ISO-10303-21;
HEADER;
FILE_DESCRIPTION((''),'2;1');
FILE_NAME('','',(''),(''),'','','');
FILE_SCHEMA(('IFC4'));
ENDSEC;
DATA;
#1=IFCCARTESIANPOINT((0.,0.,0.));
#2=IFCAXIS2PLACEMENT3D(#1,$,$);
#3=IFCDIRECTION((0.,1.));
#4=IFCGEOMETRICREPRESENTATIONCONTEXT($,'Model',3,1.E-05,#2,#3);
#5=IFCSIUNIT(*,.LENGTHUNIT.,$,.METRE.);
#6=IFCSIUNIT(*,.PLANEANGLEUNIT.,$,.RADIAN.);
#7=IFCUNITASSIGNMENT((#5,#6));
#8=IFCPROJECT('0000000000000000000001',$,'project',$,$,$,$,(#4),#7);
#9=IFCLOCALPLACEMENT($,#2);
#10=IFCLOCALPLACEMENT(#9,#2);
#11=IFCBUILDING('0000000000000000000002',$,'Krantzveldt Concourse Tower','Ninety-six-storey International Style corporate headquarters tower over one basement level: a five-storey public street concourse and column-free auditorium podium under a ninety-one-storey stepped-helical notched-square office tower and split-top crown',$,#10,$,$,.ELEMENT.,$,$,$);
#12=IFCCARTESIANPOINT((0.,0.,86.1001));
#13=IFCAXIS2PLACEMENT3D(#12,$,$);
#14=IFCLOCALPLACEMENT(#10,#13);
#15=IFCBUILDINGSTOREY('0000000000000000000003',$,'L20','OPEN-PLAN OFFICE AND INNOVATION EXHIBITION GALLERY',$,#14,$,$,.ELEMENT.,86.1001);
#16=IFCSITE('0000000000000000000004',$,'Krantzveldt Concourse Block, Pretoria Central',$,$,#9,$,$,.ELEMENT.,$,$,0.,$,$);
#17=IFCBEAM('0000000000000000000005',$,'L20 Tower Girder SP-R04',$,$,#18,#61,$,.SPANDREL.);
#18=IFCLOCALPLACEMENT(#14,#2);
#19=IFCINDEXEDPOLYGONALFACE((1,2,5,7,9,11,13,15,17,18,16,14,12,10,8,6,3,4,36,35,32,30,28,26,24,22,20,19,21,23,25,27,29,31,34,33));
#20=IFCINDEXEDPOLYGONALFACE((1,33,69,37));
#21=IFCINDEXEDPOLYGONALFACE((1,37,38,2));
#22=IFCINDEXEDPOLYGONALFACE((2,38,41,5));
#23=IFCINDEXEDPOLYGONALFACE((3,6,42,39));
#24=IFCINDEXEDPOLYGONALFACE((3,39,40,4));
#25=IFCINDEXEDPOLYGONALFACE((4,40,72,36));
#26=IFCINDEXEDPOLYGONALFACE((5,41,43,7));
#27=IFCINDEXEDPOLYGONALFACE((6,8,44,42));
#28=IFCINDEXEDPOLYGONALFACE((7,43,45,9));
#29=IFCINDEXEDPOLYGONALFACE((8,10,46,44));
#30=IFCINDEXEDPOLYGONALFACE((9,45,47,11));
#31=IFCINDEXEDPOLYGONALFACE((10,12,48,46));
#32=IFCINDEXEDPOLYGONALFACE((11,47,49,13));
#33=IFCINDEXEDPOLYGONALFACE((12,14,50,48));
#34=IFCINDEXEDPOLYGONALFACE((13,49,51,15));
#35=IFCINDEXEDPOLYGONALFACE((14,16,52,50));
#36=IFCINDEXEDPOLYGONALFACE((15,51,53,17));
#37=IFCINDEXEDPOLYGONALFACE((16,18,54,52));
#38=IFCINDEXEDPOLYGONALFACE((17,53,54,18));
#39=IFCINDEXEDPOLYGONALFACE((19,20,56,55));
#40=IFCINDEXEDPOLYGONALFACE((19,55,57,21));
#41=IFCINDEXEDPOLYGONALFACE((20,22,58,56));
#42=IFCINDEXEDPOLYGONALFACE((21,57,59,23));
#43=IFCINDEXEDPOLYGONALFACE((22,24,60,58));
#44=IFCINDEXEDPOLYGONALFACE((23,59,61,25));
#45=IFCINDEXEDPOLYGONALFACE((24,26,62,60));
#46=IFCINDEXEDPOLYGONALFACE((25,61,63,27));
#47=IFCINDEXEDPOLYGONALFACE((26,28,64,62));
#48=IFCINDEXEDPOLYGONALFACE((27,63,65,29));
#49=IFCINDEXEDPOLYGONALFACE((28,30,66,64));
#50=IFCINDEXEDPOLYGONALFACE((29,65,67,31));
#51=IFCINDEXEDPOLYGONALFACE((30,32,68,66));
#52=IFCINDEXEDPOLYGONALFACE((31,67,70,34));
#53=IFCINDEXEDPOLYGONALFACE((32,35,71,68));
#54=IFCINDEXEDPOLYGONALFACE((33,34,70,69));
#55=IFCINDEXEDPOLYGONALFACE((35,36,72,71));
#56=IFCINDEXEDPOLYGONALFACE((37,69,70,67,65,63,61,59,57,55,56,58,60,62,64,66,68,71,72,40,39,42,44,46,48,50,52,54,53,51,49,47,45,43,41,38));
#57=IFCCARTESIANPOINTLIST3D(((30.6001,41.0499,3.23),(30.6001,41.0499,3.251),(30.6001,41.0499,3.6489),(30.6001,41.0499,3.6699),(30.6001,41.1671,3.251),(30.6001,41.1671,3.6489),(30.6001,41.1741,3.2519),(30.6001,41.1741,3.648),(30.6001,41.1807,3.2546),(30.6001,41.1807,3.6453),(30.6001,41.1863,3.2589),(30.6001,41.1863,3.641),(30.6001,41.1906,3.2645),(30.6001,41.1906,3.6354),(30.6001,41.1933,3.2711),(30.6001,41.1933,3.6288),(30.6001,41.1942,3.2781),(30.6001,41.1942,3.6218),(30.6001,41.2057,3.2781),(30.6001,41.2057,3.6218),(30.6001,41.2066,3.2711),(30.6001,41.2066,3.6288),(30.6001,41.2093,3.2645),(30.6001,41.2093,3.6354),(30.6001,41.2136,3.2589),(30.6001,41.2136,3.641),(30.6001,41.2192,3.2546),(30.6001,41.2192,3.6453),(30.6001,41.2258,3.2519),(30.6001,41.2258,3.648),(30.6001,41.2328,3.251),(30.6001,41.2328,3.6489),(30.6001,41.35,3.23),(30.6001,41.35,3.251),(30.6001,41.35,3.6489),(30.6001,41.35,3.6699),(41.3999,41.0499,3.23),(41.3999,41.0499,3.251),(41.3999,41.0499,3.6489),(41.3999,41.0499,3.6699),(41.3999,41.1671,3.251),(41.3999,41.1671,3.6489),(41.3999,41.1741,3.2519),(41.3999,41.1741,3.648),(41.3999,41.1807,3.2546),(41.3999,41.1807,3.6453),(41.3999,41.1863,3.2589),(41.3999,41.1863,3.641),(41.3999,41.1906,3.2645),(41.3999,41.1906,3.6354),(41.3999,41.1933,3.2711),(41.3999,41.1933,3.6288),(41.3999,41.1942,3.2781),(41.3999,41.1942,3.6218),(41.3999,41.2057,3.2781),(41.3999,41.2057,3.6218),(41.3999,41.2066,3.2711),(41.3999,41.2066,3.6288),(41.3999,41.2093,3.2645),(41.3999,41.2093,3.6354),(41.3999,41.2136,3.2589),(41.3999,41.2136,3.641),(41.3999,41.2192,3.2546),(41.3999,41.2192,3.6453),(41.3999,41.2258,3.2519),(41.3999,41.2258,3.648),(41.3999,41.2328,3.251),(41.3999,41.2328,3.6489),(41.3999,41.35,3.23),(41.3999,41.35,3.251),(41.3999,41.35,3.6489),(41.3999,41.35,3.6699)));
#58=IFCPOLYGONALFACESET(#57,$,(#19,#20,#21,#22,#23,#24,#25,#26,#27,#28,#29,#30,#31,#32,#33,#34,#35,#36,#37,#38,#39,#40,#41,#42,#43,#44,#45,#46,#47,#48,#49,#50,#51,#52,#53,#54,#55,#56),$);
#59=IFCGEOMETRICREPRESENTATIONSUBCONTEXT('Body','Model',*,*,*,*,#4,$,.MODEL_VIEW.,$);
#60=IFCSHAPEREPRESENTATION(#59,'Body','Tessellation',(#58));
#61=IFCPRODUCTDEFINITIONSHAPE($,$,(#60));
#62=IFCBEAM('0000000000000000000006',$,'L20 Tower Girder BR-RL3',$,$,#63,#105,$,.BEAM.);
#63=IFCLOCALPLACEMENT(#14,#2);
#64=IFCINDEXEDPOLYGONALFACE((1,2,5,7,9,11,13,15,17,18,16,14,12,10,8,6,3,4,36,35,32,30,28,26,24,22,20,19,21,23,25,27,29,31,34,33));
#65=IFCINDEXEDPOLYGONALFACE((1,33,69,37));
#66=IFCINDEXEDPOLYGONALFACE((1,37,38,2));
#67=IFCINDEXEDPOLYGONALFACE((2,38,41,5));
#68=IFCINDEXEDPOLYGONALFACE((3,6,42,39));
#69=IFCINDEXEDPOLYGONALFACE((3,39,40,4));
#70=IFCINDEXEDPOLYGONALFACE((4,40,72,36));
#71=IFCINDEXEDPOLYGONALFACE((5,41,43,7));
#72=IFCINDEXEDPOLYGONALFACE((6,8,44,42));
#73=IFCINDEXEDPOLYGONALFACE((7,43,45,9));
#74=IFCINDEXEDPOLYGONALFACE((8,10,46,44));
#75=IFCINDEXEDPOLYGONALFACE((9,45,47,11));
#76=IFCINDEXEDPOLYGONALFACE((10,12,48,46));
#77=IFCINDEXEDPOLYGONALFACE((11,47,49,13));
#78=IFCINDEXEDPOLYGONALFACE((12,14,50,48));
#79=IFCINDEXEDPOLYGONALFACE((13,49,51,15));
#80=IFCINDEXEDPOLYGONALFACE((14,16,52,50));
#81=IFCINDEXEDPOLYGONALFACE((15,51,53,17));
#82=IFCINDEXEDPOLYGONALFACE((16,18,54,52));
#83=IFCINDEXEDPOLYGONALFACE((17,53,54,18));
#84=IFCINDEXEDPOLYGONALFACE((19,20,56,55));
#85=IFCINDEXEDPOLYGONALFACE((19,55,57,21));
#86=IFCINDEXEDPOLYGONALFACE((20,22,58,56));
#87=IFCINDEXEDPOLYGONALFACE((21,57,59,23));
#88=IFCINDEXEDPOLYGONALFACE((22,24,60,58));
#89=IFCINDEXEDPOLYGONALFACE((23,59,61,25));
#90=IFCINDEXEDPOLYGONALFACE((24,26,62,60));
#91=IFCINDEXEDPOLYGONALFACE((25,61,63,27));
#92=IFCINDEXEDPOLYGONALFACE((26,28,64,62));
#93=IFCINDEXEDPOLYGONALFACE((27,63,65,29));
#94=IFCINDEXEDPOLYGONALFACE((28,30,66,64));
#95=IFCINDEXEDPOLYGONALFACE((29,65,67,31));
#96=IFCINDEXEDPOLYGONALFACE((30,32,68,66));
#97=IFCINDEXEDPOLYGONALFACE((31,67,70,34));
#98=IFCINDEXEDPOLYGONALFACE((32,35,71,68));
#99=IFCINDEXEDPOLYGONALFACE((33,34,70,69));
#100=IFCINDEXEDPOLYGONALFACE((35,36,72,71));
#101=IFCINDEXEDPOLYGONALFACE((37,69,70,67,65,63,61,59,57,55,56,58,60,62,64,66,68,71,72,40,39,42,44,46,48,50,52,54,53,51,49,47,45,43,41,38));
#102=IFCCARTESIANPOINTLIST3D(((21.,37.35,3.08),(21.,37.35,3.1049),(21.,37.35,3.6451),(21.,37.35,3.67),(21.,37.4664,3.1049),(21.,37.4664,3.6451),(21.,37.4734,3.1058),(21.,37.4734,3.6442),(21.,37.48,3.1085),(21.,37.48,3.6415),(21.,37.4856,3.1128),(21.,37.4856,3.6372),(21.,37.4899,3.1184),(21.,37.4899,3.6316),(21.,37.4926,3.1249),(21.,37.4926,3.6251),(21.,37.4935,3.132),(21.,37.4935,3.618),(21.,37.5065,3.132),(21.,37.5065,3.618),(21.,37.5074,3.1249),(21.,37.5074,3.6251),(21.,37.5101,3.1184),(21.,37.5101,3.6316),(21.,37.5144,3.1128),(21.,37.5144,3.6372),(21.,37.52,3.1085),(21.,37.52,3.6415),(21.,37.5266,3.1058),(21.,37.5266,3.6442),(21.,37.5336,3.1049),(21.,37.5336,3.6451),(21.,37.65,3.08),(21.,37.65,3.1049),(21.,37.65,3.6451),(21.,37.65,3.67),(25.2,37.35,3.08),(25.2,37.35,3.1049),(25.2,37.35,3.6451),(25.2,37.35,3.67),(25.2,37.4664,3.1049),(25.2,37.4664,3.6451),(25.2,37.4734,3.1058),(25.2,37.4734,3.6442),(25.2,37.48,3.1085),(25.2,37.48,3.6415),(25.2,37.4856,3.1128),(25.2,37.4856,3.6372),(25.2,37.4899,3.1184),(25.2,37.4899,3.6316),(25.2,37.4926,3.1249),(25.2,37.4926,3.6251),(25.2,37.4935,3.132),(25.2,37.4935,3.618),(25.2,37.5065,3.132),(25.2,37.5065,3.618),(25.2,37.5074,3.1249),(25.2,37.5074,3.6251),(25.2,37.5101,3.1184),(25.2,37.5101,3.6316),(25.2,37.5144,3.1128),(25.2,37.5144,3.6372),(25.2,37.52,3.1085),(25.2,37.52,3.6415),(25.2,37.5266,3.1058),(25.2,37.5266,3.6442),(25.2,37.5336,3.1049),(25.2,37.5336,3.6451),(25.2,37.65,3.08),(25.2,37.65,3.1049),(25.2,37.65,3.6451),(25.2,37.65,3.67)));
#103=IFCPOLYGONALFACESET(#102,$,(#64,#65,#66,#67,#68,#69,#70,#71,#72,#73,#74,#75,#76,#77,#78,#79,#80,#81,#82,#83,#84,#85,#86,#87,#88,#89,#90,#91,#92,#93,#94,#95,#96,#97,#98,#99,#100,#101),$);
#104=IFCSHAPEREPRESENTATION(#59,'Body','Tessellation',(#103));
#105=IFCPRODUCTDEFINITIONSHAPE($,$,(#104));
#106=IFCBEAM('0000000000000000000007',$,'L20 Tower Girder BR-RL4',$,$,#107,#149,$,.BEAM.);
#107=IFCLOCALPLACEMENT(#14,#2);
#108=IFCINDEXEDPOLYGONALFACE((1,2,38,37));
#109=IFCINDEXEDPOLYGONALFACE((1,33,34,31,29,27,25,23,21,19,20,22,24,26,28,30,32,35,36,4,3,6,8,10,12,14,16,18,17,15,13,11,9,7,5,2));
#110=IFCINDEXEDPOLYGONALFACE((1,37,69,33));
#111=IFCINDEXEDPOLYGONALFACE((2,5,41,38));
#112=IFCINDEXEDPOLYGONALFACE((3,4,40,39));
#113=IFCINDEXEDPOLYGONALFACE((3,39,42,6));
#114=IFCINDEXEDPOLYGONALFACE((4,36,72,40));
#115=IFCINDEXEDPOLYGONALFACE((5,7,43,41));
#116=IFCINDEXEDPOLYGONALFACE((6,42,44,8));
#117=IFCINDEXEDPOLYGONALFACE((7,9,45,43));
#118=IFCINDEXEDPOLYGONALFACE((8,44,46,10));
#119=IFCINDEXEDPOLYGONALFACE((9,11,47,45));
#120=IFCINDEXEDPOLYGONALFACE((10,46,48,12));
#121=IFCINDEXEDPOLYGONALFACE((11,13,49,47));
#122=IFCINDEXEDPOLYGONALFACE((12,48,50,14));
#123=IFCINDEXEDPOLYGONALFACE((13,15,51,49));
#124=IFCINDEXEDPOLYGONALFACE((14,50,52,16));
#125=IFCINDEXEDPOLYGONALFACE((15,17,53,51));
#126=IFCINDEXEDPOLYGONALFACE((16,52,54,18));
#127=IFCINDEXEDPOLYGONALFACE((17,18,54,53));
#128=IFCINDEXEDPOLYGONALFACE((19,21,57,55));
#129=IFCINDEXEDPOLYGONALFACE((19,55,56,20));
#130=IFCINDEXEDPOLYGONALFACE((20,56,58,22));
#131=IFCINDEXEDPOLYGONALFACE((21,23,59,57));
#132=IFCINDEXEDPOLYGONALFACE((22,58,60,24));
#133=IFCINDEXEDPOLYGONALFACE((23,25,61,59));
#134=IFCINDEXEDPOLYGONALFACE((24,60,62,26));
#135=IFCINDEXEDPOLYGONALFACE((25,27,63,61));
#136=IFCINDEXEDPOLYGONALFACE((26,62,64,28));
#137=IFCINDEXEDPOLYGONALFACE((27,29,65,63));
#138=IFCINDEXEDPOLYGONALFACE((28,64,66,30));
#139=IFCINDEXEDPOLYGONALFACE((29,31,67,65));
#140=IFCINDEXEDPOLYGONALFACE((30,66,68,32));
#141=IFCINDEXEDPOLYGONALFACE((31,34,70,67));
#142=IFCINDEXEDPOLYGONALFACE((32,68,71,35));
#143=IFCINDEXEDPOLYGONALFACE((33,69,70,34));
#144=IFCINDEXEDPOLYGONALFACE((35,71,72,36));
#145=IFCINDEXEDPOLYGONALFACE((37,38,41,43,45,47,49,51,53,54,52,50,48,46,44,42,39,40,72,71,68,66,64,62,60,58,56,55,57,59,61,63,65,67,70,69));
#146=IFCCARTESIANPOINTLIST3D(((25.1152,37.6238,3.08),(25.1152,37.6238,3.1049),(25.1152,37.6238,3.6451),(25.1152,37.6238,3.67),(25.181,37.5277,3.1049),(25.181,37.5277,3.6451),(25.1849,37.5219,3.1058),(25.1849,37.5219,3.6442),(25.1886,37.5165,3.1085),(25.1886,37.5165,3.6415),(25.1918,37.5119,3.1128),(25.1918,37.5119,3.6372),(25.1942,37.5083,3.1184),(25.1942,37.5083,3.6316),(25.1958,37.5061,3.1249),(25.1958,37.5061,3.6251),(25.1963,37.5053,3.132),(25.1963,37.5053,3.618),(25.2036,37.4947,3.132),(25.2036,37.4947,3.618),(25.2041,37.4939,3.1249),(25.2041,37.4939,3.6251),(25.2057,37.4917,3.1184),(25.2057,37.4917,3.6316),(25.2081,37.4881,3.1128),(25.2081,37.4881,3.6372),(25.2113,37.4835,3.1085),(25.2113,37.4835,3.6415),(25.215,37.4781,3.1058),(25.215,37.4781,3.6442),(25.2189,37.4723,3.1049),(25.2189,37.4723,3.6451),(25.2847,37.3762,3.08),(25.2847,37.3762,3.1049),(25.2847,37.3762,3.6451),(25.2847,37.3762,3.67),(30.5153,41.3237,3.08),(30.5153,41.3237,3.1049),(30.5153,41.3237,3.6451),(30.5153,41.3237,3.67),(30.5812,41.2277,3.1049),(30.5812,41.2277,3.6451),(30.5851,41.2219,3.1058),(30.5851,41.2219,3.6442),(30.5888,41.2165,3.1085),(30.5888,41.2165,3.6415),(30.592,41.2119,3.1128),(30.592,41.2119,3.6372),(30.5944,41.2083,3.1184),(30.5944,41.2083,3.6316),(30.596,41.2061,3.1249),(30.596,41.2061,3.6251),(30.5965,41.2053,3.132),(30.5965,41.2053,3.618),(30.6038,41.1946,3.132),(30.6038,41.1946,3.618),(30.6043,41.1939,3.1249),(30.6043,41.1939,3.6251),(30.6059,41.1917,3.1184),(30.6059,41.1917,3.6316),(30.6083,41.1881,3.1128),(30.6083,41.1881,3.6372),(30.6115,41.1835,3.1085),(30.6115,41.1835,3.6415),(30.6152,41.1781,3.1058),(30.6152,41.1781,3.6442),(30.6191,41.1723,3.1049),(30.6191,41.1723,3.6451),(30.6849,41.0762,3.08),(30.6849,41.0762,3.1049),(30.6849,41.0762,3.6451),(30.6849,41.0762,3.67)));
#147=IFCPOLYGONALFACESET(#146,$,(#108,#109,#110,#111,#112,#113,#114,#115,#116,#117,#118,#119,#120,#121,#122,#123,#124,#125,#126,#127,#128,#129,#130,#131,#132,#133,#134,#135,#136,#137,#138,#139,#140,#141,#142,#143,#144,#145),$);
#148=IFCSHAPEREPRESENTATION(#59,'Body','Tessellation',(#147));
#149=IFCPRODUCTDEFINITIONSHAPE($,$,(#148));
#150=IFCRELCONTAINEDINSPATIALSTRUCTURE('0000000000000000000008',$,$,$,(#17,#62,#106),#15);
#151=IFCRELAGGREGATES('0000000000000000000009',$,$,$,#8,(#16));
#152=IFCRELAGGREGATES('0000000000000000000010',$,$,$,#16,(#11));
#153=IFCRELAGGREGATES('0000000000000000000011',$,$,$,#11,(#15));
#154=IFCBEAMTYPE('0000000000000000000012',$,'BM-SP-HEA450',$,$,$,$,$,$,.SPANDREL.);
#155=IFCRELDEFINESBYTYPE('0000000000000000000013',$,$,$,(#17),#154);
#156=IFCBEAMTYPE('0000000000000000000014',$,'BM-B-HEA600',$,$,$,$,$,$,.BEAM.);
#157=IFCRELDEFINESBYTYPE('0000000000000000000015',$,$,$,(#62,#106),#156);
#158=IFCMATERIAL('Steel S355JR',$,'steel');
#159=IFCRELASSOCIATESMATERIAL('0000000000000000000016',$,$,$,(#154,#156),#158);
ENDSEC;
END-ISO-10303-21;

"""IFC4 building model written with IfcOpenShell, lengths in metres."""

from ifc_helpers import new_model, si_unit, direction, frame, origin, origin_2d, place, context, subcontext, project, spatial, i_section, extrude, source, transform, mapped, material, material_profile, profile_set, type_object, type_shapes, element, save


model = new_model("IFC4")

# Units and contexts
model_context = context("Model", 3, precision=1e-05, world=origin(), true_north=direction((0.0, 1.0)))
body_context = subcontext(model_context, "Body", "Model", "MODEL_VIEW")
ifc_project = project(units=[si_unit("LENGTHUNIT", "METRE"), si_unit("PLANEANGLEUNIT", "RADIAN")], contexts=[model_context])

# Site, building, storey
site_placement = place(None, origin())
site = spatial("IfcSite", under=ifc_project, at=site_placement, Name="Krantzveldt Concourse Block, Pretoria Central", CompositionType="ELEMENT", RefElevation=0.0)
building_placement = place(site_placement, origin())
building = spatial("IfcBuilding", under=site, at=building_placement, Name="Krantzveldt Concourse Tower", Description="Ninety-six-storey International Style corporate headquarters tower over one basement level: a five-storey public street concourse and column-free auditorium podium under a ninety-one-storey stepped-helical notched-square office tower and split-top crown", CompositionType="ELEMENT")
storey_placement = place(building_placement, frame((0.0, 0.0, 86.1001)))
storey = spatial("IfcBuildingStorey", under=building, at=storey_placement, Name="L20", Description="OPEN-PLAN OFFICE AND INNOVATION EXHIBITION GALLERY", CompositionType="ELEMENT", Elevation=86.1001)

# Beams
ifc_material_1 = material(Name="Steel S355JR", Category="steel")
ifc_material_profile_1 = material_profile(ifc_material_1, i_section(OverallWidth=0.3, OverallDepth=0.4399, WebThickness=0.0115, FlangeThickness=0.021, FilletRadius=0.0271, at=origin_2d()), Name="Steel S355JR", Category="steel")
ifc_profile_set_1 = profile_set([ifc_material_profile_1], Name="Steel S355JR - HEA 450")
beam_type_1 = type_object("IfcBeamType", Name="BM-SP-HEA450", PredefinedType="SPANDREL", material=ifc_profile_set_1)
shared_shape_1 = source(origin(), body_context, "Body", "SweptSolid", [
    extrude(i_section(OverallWidth=0.3, OverallDepth=0.4399, WebThickness=0.0115, FlangeThickness=0.021, FilletRadius=0.0271, at=origin_2d()), origin(), (0.0, 0.0, 1.0), 10.7998),
])
beam_1_placement = place(storey_placement, frame((30.6001, 41.2, 3.45), z_axis=(1.0, 0.0, 0.0), x_axis=(0.0, 1.0, 0.0)))
element("IfcBeam", 1, at=beam_1_placement, inside=storey, type_object=beam_type_1, Name="L20 Tower Girder SP-R04", PredefinedType="SPANDREL", context=body_context, shape_type="MappedRepresentation", body=[
    mapped(shared_shape_1, transform((0.0, 0.0, 0.0), x_axis=(1.0, 0.0, 0.0), y_axis=(0.0, 1.0, 0.0), z_axis=(0.0, 0.0, 1.0), scale=1.0)),
])
ifc_material_profile_2 = material_profile(ifc_material_1, i_section(OverallWidth=0.3, OverallDepth=0.5901, WebThickness=0.0129, FlangeThickness=0.0249, FilletRadius=0.0271, at=origin_2d()), Name="Steel S355JR", Category="steel")
ifc_profile_set_2 = profile_set([ifc_material_profile_2], Name="Steel S355JR - HEA 600")
beam_type_2 = type_object("IfcBeamType", Name="BM-B-HEA600", PredefinedType="BEAM", material=ifc_profile_set_2)
shared_shape_2 = source(origin(), body_context, "Body", "SweptSolid", [
    extrude(i_section(OverallWidth=0.3, OverallDepth=0.5901, WebThickness=0.0129, FlangeThickness=0.0249, FilletRadius=0.0271, at=origin_2d()), origin(), (0.0, 0.0, 1.0), 4.2),
])
beam_2_placement = place(storey_placement, frame((21.0, 37.5, 3.375), z_axis=(1.0, 0.0, 0.0), x_axis=(0.0, 1.0, 0.0)))
element("IfcBeam", 2, at=beam_2_placement, inside=storey, type_object=beam_type_2, Name="L20 Tower Girder BR-RL3", PredefinedType="BEAM", context=body_context, shape_type="MappedRepresentation", body=[
    mapped(shared_shape_2, transform((0.0, 0.0, 0.0), x_axis=(1.0, 0.0, 0.0), y_axis=(0.0, 1.0, 0.0), z_axis=(0.0, 0.0, 1.0), scale=1.0)),
])
shared_shape_3 = source(origin(), body_context, "Body", "SweptSolid", [
    extrude(i_section(OverallWidth=0.3, OverallDepth=0.5901, WebThickness=0.0129, FlangeThickness=0.0249, FilletRadius=0.0271, at=origin_2d()), origin(), (0.0, 0.0, 1.0), 6.5461),
])
type_shapes(beam_type_2, [shared_shape_2, shared_shape_3])
beam_3_placement = place(storey_placement, frame((25.2, 37.5, 3.375), z_axis=(0.824943, 0.565216, 0.0), x_axis=(-0.565216, 0.824943, 0.0)))
element("IfcBeam", 3, at=beam_3_placement, inside=storey, type_object=beam_type_2, Name="L20 Tower Girder BR-RL4", PredefinedType="BEAM", context=body_context, shape_type="MappedRepresentation", body=[
    mapped(shared_shape_3, transform((0.0, 0.0, 0.0), x_axis=(1.0, 0.0, 0.0), y_axis=(0.0, 1.0, 0.0), z_axis=(0.0, 0.0, 1.0), scale=1.0)),
])

save(model, "model.ifc")
